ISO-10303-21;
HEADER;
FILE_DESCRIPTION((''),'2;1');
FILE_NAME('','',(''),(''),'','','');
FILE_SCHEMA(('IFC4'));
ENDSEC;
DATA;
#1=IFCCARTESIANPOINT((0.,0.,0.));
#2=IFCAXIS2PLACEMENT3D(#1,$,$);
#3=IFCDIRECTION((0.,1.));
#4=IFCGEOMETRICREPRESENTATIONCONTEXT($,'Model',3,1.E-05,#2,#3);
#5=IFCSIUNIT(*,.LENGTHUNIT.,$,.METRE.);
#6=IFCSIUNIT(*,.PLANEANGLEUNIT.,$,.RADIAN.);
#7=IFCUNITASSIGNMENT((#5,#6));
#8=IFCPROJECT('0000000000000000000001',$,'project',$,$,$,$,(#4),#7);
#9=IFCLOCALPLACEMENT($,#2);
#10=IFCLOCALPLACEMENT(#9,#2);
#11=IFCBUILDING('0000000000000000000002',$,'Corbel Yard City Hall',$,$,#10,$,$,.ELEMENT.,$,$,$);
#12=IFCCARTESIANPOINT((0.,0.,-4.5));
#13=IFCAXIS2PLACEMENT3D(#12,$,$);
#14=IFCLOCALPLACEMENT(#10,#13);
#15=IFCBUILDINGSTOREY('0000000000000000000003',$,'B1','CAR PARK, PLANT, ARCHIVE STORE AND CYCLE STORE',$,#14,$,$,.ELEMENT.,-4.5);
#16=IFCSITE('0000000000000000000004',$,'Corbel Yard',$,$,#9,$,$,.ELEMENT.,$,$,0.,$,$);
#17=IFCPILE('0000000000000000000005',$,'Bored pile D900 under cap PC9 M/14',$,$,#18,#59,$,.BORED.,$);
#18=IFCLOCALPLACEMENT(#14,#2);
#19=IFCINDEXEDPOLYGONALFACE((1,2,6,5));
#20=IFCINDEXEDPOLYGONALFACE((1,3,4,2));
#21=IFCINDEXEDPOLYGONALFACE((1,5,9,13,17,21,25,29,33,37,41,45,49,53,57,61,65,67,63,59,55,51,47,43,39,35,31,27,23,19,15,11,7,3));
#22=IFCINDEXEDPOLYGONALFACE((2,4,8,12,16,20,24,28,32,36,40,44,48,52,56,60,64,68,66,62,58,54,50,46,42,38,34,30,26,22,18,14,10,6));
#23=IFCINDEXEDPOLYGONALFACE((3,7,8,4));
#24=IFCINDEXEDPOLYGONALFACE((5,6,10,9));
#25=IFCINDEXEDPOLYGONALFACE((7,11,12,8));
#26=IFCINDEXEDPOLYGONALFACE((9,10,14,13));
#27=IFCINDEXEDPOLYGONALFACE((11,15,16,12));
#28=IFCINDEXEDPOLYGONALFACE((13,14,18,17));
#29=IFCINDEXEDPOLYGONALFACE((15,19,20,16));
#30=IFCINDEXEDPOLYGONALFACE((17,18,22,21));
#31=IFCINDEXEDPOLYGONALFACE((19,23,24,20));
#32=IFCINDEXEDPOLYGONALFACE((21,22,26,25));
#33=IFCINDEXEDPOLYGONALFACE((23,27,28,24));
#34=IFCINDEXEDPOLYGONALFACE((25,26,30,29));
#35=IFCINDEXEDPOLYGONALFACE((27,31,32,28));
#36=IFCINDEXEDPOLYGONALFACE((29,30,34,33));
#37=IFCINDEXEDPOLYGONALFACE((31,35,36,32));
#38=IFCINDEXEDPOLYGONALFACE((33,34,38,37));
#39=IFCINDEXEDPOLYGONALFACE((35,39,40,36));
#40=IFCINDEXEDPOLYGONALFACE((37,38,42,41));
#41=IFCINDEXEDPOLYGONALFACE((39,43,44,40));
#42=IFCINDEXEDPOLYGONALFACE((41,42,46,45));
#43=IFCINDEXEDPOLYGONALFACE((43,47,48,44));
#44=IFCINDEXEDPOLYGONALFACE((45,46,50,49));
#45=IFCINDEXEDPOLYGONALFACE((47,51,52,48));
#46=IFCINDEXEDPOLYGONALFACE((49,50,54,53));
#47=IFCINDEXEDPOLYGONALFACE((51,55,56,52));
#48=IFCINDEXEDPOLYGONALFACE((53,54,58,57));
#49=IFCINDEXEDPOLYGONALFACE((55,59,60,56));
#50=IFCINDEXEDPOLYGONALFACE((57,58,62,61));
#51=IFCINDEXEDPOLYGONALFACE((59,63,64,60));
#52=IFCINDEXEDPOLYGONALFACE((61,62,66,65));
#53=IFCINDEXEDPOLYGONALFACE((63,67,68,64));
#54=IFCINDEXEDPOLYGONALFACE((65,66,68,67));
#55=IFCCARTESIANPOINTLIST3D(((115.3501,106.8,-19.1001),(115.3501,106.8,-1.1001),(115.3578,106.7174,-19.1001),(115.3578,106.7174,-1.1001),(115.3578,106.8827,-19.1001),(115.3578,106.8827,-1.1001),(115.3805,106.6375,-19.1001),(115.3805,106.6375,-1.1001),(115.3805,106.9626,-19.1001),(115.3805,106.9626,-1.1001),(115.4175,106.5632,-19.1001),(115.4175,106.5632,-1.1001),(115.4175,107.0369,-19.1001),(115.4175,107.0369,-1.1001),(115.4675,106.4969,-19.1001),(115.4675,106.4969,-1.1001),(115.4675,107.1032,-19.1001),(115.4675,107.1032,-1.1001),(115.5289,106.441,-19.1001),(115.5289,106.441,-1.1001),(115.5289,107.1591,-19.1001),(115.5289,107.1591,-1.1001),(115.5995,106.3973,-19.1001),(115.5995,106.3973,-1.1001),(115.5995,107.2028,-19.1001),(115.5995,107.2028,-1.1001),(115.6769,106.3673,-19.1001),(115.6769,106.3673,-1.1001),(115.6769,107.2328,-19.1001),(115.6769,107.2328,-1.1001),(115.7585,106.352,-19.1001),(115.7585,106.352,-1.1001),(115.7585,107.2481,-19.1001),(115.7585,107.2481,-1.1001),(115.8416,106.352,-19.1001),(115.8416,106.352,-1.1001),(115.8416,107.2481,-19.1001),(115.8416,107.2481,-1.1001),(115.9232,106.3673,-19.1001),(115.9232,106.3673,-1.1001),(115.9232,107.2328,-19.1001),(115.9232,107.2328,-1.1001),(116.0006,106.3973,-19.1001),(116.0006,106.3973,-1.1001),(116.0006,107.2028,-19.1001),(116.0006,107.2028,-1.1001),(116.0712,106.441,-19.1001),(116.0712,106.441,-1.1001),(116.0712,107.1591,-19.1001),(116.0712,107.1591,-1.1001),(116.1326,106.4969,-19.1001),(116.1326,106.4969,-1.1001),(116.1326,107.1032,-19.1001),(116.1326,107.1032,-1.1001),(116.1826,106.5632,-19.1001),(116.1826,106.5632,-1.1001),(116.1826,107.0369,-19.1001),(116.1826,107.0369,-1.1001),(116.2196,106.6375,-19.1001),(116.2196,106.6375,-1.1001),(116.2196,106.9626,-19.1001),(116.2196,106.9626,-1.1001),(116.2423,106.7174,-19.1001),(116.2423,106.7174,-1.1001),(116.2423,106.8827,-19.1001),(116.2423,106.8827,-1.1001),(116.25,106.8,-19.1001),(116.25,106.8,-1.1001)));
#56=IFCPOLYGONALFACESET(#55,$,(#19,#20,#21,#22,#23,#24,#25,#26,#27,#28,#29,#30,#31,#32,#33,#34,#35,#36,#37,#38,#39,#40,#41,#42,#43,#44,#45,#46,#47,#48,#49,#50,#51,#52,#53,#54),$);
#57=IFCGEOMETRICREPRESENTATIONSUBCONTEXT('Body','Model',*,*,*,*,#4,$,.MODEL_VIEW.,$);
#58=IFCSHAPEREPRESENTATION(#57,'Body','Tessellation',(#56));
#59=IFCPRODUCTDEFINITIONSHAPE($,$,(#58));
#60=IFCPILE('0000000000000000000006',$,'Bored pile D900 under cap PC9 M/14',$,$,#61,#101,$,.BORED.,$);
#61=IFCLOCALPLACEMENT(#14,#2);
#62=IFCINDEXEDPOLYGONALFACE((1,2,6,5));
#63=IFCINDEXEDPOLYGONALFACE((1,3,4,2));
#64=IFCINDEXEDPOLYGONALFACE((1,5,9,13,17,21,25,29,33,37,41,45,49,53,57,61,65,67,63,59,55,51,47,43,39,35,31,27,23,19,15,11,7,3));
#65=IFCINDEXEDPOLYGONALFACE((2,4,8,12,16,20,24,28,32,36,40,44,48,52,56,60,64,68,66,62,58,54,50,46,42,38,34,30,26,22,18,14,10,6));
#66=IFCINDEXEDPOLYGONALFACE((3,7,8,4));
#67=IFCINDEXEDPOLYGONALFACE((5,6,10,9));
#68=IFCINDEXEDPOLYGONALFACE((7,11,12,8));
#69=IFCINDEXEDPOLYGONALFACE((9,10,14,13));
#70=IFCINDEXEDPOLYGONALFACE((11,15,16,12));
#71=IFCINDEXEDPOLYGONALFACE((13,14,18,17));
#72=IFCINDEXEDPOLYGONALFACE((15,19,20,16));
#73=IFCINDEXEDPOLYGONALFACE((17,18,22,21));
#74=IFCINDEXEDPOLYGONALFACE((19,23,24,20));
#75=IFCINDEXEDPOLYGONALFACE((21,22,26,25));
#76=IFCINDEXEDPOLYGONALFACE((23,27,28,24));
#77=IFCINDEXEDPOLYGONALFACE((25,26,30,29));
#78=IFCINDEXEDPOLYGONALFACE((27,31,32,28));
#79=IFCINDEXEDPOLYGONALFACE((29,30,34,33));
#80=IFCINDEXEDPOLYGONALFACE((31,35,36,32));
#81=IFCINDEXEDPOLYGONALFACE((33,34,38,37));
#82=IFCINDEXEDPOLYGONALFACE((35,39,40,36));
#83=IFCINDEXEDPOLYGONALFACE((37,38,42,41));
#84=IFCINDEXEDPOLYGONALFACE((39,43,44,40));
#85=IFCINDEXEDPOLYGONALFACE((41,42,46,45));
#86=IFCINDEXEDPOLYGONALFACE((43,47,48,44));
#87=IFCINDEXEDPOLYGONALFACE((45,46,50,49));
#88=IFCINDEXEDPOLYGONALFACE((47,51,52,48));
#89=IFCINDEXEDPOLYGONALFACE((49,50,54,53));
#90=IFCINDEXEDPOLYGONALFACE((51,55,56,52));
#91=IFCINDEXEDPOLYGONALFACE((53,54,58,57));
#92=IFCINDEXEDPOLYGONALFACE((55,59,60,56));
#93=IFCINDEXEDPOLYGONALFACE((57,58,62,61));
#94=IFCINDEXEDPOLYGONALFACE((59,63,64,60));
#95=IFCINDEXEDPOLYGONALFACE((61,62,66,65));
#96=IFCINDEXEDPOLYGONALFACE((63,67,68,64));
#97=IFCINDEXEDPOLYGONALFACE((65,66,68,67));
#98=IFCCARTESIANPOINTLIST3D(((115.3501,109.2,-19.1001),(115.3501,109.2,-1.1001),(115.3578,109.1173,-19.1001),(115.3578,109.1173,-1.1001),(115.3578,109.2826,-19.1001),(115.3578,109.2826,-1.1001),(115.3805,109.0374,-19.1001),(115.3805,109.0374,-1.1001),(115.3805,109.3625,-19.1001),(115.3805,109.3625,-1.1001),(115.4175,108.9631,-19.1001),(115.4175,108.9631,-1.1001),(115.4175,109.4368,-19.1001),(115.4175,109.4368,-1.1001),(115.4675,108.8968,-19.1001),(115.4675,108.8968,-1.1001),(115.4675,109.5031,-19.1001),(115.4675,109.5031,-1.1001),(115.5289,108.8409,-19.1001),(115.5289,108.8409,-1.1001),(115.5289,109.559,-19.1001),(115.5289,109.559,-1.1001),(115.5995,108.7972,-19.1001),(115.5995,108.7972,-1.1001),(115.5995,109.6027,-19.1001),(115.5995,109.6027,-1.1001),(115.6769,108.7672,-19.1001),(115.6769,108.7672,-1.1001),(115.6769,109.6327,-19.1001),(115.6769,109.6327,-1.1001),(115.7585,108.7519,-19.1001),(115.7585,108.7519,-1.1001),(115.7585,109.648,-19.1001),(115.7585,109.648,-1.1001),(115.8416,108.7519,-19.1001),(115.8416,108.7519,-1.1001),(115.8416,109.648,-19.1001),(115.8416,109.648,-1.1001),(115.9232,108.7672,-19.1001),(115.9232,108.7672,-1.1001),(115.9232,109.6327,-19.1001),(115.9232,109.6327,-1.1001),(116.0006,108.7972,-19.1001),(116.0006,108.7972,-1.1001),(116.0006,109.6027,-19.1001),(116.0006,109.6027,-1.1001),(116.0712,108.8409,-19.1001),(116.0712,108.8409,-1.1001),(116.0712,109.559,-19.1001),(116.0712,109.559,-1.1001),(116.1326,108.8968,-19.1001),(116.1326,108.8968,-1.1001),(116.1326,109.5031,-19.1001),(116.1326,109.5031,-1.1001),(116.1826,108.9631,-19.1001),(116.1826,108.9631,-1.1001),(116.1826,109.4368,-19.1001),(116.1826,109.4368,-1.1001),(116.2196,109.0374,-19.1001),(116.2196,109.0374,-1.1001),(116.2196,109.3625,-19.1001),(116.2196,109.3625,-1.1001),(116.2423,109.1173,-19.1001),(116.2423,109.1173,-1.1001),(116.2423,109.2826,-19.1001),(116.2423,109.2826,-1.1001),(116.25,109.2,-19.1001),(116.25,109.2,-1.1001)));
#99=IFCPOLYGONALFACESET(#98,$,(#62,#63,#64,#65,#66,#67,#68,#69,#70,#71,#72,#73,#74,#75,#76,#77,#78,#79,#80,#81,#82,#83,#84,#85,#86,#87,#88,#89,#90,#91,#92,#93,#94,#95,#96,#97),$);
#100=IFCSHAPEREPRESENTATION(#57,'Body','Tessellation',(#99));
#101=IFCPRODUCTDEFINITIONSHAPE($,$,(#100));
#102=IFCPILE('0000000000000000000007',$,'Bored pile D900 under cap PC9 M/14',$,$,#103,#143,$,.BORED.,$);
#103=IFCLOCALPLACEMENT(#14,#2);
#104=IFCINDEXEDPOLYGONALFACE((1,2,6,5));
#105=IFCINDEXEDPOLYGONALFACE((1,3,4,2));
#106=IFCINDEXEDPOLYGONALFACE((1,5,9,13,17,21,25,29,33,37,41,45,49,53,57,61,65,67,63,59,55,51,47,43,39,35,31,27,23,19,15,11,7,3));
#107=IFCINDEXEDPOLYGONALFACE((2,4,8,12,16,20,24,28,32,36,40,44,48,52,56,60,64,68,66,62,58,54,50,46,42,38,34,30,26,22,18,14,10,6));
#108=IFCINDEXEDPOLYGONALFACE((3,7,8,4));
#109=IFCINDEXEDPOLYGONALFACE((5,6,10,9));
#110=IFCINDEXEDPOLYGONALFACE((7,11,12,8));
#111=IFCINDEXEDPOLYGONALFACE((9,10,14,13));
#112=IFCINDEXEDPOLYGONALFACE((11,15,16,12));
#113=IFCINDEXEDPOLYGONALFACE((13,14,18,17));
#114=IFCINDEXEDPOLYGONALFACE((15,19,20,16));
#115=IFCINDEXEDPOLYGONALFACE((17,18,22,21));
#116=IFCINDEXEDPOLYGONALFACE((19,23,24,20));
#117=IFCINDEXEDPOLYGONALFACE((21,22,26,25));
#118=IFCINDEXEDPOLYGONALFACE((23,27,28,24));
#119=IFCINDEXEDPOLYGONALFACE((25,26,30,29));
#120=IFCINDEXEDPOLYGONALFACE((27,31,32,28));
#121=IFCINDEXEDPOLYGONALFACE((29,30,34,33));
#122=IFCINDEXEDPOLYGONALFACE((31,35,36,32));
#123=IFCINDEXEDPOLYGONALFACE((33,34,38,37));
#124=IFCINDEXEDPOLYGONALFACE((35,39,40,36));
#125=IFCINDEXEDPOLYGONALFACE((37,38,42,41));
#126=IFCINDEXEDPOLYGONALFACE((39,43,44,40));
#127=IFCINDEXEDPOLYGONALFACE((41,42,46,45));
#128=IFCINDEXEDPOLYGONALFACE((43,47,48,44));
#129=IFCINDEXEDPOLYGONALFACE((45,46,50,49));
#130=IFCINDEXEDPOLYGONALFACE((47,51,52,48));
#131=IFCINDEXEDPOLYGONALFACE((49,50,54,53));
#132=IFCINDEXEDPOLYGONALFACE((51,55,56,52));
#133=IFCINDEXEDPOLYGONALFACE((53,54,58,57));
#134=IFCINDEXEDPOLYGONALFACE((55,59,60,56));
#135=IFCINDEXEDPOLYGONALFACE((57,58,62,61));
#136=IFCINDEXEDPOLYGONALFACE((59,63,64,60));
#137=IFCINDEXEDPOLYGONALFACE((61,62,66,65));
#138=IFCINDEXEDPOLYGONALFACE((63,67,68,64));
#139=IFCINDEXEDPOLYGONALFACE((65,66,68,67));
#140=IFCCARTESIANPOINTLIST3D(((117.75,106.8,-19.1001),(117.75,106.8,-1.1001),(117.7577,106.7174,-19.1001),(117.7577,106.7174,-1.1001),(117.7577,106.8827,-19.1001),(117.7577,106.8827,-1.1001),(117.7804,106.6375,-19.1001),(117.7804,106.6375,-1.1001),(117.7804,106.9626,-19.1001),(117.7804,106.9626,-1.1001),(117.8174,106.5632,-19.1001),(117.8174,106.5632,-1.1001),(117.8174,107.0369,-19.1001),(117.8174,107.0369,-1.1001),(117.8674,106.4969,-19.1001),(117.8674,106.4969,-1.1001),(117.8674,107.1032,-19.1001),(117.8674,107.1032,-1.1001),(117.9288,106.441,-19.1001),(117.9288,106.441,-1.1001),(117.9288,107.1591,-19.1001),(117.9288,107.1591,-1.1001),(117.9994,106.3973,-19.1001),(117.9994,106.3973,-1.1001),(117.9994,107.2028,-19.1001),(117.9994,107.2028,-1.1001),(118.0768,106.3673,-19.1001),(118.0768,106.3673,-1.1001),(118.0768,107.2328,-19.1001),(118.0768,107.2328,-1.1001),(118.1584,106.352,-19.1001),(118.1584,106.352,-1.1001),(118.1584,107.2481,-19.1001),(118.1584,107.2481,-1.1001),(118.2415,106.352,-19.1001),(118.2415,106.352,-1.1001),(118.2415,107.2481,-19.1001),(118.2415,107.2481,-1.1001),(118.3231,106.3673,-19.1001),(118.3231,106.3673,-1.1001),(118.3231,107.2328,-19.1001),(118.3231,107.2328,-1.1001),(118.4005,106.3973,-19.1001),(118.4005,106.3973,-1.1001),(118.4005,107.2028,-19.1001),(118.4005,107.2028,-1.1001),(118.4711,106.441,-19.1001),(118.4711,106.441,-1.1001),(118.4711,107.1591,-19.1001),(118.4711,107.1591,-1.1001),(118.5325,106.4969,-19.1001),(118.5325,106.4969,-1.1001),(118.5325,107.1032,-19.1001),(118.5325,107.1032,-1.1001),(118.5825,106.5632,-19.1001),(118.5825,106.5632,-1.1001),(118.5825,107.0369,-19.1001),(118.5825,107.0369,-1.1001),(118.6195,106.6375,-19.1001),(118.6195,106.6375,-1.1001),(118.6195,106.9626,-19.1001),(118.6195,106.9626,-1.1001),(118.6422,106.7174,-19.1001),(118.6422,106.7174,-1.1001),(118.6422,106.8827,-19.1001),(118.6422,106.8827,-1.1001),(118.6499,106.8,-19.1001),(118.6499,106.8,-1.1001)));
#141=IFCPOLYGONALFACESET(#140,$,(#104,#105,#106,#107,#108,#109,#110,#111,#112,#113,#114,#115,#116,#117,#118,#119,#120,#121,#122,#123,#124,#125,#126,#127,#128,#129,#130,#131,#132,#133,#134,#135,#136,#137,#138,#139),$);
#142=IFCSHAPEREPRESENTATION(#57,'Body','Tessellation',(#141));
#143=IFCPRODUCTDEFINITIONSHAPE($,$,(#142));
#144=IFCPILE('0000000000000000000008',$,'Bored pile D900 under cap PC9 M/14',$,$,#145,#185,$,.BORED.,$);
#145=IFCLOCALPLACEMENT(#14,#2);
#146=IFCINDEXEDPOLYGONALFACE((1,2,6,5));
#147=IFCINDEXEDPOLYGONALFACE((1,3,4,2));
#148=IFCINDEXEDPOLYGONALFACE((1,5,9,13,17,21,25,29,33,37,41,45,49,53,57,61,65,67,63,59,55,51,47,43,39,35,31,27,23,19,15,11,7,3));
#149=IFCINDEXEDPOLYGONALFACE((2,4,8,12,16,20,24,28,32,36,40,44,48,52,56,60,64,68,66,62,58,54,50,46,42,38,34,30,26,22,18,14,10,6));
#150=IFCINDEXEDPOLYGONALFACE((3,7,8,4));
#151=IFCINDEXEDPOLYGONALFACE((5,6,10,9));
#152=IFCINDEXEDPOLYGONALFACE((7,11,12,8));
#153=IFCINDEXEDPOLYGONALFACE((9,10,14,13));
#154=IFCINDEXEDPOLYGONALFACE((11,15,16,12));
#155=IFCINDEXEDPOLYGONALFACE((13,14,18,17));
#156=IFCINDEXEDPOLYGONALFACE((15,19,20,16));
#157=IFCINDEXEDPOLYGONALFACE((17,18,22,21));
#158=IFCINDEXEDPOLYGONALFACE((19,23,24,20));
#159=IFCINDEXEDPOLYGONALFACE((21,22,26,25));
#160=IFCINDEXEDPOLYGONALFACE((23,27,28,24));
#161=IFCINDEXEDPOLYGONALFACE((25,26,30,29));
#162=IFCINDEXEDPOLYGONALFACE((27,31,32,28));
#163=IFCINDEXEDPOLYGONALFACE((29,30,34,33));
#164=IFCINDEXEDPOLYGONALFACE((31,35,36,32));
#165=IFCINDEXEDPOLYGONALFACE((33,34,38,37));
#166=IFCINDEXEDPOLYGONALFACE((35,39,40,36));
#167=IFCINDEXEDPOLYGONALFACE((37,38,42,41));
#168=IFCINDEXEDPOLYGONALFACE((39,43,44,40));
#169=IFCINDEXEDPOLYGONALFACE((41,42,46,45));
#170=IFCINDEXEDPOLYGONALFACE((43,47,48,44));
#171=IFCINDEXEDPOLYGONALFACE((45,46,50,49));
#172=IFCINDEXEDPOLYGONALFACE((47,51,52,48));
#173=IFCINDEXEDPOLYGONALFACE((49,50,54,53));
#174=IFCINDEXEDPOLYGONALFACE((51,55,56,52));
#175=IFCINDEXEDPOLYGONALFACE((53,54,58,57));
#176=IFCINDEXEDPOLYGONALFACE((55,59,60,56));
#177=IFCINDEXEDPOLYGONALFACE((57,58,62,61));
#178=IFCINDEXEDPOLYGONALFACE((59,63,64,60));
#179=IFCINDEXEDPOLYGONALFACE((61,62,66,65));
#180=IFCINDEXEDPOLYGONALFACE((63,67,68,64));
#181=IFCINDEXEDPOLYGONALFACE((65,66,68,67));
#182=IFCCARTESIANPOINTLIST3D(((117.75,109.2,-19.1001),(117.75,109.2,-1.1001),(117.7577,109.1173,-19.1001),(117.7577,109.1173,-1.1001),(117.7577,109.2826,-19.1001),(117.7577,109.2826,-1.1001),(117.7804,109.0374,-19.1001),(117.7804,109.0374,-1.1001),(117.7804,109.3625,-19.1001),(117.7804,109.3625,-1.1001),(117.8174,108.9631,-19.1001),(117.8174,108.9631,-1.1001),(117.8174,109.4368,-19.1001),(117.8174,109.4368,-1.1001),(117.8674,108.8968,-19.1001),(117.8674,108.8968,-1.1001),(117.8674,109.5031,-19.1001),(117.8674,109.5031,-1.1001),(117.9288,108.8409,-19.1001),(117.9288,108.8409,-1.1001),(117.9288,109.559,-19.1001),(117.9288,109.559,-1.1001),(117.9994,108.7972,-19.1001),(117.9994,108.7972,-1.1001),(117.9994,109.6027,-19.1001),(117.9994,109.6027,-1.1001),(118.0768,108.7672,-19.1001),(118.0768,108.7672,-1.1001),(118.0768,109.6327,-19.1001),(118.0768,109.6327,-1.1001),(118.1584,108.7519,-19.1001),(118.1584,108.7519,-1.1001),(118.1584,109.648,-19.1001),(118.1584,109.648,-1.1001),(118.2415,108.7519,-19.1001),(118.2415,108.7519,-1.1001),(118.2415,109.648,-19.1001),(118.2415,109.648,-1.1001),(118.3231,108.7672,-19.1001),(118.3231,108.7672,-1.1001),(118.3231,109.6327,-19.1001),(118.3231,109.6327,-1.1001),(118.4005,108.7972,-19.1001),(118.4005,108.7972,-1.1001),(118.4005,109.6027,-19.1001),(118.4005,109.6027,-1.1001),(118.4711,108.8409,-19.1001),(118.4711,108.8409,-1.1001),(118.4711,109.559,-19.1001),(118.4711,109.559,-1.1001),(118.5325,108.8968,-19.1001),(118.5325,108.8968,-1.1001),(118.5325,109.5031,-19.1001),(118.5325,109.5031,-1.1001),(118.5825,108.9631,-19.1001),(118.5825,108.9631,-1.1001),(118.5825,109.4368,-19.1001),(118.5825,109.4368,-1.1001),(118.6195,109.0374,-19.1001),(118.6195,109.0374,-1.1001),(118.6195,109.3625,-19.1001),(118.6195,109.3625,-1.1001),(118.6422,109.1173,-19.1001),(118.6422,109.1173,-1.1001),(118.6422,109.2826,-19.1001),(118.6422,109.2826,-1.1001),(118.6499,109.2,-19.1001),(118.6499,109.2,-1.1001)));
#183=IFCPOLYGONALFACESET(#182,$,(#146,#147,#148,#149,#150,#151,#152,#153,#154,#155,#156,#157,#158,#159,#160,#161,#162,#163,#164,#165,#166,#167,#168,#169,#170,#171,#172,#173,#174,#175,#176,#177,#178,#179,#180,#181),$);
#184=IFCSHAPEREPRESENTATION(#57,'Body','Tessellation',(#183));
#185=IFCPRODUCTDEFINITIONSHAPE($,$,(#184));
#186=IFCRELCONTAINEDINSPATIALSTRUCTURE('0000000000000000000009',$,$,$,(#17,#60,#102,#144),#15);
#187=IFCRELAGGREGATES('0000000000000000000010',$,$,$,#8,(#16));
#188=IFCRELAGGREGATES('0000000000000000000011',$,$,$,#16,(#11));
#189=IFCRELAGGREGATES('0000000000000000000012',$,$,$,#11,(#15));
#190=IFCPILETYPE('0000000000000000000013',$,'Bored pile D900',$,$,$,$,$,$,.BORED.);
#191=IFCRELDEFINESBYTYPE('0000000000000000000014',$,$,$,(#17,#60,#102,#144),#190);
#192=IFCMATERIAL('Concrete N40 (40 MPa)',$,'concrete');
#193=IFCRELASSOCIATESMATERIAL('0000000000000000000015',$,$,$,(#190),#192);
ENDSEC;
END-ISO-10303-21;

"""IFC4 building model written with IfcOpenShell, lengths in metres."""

from ifc_helpers import new_model, si_unit, direction, frame, origin, origin_2d, place, context, subcontext, project, spatial, circle, extrude, material, material_profile, profile_set, type_object, element, save


model = new_model("IFC4")

# Units and contexts
model_context = context("Model", 3, precision=1e-05, world=origin(), true_north=direction((0.0, 1.0)))
body_context = subcontext(model_context, "Body", "Model", "MODEL_VIEW")
ifc_project = project(units=[si_unit("LENGTHUNIT", "METRE"), si_unit("PLANEANGLEUNIT", "RADIAN")], contexts=[model_context])

# Site, building, storey
site_placement = place(None, origin())
site = spatial("IfcSite", under=ifc_project, at=site_placement, Name="Corbel Yard", CompositionType="ELEMENT", RefElevation=0.0)
building_placement = place(site_placement, origin())
building = spatial("IfcBuilding", under=site, at=building_placement, Name="Corbel Yard City Hall", CompositionType="ELEMENT")
storey_placement = place(building_placement, frame((0.0, 0.0, -4.5)))
storey = spatial("IfcBuildingStorey", under=building, at=storey_placement, Name="B1", Description="CAR PARK, PLANT, ARCHIVE STORE AND CYCLE STORE", CompositionType="ELEMENT", Elevation=-4.5)

# Piles
ifc_material_1 = material(Name="Concrete N40 (40 MPa)", Category="concrete")
ifc_material_profile_1 = material_profile(ifc_material_1, circle(Radius=0.45, at=origin_2d()), Name="D900")
ifc_profile_set_1 = profile_set([ifc_material_profile_1], Name="Concrete N40 (40 MPa)")
pile_type_1 = type_object("IfcPileType", Name="Bored pile D900", PredefinedType="BORED", material=ifc_profile_set_1)
for number, where, z_axis, x_axis, name in (
    (1, (115.8, 106.8, -1.1001), (0.0, 0.0, -1.0), (1.0, 0.0, 0.0), "Bored pile D900 under cap PC9 M/14"),
    (2, (115.8, 109.2, -1.1001), (0.0, 0.0, -1.0), (1.0, 0.0, 0.0), "Bored pile D900 under cap PC9 M/14"),
    (3, (118.2, 106.8, -1.1001), (0.0, 0.0, -1.0), (1.0, 0.0, 0.0), "Bored pile D900 under cap PC9 M/14"),
    (4, (118.2, 109.2, -1.1001), (0.0, 0.0, -1.0), (1.0, 0.0, 0.0), "Bored pile D900 under cap PC9 M/14"),
):
    element("IfcPile", number, at=place(storey_placement, frame(where, z_axis=z_axis, x_axis=x_axis)), inside=storey, type_object=pile_type_1, Name=name, PredefinedType="BORED", context=body_context, shape_type="SweptSolid", body=[
        extrude(circle(Radius=0.45, at=origin_2d()), origin(), (0.0, 0.0, 1.0), 18.0),
    ])

save(model, "model.ifc")
